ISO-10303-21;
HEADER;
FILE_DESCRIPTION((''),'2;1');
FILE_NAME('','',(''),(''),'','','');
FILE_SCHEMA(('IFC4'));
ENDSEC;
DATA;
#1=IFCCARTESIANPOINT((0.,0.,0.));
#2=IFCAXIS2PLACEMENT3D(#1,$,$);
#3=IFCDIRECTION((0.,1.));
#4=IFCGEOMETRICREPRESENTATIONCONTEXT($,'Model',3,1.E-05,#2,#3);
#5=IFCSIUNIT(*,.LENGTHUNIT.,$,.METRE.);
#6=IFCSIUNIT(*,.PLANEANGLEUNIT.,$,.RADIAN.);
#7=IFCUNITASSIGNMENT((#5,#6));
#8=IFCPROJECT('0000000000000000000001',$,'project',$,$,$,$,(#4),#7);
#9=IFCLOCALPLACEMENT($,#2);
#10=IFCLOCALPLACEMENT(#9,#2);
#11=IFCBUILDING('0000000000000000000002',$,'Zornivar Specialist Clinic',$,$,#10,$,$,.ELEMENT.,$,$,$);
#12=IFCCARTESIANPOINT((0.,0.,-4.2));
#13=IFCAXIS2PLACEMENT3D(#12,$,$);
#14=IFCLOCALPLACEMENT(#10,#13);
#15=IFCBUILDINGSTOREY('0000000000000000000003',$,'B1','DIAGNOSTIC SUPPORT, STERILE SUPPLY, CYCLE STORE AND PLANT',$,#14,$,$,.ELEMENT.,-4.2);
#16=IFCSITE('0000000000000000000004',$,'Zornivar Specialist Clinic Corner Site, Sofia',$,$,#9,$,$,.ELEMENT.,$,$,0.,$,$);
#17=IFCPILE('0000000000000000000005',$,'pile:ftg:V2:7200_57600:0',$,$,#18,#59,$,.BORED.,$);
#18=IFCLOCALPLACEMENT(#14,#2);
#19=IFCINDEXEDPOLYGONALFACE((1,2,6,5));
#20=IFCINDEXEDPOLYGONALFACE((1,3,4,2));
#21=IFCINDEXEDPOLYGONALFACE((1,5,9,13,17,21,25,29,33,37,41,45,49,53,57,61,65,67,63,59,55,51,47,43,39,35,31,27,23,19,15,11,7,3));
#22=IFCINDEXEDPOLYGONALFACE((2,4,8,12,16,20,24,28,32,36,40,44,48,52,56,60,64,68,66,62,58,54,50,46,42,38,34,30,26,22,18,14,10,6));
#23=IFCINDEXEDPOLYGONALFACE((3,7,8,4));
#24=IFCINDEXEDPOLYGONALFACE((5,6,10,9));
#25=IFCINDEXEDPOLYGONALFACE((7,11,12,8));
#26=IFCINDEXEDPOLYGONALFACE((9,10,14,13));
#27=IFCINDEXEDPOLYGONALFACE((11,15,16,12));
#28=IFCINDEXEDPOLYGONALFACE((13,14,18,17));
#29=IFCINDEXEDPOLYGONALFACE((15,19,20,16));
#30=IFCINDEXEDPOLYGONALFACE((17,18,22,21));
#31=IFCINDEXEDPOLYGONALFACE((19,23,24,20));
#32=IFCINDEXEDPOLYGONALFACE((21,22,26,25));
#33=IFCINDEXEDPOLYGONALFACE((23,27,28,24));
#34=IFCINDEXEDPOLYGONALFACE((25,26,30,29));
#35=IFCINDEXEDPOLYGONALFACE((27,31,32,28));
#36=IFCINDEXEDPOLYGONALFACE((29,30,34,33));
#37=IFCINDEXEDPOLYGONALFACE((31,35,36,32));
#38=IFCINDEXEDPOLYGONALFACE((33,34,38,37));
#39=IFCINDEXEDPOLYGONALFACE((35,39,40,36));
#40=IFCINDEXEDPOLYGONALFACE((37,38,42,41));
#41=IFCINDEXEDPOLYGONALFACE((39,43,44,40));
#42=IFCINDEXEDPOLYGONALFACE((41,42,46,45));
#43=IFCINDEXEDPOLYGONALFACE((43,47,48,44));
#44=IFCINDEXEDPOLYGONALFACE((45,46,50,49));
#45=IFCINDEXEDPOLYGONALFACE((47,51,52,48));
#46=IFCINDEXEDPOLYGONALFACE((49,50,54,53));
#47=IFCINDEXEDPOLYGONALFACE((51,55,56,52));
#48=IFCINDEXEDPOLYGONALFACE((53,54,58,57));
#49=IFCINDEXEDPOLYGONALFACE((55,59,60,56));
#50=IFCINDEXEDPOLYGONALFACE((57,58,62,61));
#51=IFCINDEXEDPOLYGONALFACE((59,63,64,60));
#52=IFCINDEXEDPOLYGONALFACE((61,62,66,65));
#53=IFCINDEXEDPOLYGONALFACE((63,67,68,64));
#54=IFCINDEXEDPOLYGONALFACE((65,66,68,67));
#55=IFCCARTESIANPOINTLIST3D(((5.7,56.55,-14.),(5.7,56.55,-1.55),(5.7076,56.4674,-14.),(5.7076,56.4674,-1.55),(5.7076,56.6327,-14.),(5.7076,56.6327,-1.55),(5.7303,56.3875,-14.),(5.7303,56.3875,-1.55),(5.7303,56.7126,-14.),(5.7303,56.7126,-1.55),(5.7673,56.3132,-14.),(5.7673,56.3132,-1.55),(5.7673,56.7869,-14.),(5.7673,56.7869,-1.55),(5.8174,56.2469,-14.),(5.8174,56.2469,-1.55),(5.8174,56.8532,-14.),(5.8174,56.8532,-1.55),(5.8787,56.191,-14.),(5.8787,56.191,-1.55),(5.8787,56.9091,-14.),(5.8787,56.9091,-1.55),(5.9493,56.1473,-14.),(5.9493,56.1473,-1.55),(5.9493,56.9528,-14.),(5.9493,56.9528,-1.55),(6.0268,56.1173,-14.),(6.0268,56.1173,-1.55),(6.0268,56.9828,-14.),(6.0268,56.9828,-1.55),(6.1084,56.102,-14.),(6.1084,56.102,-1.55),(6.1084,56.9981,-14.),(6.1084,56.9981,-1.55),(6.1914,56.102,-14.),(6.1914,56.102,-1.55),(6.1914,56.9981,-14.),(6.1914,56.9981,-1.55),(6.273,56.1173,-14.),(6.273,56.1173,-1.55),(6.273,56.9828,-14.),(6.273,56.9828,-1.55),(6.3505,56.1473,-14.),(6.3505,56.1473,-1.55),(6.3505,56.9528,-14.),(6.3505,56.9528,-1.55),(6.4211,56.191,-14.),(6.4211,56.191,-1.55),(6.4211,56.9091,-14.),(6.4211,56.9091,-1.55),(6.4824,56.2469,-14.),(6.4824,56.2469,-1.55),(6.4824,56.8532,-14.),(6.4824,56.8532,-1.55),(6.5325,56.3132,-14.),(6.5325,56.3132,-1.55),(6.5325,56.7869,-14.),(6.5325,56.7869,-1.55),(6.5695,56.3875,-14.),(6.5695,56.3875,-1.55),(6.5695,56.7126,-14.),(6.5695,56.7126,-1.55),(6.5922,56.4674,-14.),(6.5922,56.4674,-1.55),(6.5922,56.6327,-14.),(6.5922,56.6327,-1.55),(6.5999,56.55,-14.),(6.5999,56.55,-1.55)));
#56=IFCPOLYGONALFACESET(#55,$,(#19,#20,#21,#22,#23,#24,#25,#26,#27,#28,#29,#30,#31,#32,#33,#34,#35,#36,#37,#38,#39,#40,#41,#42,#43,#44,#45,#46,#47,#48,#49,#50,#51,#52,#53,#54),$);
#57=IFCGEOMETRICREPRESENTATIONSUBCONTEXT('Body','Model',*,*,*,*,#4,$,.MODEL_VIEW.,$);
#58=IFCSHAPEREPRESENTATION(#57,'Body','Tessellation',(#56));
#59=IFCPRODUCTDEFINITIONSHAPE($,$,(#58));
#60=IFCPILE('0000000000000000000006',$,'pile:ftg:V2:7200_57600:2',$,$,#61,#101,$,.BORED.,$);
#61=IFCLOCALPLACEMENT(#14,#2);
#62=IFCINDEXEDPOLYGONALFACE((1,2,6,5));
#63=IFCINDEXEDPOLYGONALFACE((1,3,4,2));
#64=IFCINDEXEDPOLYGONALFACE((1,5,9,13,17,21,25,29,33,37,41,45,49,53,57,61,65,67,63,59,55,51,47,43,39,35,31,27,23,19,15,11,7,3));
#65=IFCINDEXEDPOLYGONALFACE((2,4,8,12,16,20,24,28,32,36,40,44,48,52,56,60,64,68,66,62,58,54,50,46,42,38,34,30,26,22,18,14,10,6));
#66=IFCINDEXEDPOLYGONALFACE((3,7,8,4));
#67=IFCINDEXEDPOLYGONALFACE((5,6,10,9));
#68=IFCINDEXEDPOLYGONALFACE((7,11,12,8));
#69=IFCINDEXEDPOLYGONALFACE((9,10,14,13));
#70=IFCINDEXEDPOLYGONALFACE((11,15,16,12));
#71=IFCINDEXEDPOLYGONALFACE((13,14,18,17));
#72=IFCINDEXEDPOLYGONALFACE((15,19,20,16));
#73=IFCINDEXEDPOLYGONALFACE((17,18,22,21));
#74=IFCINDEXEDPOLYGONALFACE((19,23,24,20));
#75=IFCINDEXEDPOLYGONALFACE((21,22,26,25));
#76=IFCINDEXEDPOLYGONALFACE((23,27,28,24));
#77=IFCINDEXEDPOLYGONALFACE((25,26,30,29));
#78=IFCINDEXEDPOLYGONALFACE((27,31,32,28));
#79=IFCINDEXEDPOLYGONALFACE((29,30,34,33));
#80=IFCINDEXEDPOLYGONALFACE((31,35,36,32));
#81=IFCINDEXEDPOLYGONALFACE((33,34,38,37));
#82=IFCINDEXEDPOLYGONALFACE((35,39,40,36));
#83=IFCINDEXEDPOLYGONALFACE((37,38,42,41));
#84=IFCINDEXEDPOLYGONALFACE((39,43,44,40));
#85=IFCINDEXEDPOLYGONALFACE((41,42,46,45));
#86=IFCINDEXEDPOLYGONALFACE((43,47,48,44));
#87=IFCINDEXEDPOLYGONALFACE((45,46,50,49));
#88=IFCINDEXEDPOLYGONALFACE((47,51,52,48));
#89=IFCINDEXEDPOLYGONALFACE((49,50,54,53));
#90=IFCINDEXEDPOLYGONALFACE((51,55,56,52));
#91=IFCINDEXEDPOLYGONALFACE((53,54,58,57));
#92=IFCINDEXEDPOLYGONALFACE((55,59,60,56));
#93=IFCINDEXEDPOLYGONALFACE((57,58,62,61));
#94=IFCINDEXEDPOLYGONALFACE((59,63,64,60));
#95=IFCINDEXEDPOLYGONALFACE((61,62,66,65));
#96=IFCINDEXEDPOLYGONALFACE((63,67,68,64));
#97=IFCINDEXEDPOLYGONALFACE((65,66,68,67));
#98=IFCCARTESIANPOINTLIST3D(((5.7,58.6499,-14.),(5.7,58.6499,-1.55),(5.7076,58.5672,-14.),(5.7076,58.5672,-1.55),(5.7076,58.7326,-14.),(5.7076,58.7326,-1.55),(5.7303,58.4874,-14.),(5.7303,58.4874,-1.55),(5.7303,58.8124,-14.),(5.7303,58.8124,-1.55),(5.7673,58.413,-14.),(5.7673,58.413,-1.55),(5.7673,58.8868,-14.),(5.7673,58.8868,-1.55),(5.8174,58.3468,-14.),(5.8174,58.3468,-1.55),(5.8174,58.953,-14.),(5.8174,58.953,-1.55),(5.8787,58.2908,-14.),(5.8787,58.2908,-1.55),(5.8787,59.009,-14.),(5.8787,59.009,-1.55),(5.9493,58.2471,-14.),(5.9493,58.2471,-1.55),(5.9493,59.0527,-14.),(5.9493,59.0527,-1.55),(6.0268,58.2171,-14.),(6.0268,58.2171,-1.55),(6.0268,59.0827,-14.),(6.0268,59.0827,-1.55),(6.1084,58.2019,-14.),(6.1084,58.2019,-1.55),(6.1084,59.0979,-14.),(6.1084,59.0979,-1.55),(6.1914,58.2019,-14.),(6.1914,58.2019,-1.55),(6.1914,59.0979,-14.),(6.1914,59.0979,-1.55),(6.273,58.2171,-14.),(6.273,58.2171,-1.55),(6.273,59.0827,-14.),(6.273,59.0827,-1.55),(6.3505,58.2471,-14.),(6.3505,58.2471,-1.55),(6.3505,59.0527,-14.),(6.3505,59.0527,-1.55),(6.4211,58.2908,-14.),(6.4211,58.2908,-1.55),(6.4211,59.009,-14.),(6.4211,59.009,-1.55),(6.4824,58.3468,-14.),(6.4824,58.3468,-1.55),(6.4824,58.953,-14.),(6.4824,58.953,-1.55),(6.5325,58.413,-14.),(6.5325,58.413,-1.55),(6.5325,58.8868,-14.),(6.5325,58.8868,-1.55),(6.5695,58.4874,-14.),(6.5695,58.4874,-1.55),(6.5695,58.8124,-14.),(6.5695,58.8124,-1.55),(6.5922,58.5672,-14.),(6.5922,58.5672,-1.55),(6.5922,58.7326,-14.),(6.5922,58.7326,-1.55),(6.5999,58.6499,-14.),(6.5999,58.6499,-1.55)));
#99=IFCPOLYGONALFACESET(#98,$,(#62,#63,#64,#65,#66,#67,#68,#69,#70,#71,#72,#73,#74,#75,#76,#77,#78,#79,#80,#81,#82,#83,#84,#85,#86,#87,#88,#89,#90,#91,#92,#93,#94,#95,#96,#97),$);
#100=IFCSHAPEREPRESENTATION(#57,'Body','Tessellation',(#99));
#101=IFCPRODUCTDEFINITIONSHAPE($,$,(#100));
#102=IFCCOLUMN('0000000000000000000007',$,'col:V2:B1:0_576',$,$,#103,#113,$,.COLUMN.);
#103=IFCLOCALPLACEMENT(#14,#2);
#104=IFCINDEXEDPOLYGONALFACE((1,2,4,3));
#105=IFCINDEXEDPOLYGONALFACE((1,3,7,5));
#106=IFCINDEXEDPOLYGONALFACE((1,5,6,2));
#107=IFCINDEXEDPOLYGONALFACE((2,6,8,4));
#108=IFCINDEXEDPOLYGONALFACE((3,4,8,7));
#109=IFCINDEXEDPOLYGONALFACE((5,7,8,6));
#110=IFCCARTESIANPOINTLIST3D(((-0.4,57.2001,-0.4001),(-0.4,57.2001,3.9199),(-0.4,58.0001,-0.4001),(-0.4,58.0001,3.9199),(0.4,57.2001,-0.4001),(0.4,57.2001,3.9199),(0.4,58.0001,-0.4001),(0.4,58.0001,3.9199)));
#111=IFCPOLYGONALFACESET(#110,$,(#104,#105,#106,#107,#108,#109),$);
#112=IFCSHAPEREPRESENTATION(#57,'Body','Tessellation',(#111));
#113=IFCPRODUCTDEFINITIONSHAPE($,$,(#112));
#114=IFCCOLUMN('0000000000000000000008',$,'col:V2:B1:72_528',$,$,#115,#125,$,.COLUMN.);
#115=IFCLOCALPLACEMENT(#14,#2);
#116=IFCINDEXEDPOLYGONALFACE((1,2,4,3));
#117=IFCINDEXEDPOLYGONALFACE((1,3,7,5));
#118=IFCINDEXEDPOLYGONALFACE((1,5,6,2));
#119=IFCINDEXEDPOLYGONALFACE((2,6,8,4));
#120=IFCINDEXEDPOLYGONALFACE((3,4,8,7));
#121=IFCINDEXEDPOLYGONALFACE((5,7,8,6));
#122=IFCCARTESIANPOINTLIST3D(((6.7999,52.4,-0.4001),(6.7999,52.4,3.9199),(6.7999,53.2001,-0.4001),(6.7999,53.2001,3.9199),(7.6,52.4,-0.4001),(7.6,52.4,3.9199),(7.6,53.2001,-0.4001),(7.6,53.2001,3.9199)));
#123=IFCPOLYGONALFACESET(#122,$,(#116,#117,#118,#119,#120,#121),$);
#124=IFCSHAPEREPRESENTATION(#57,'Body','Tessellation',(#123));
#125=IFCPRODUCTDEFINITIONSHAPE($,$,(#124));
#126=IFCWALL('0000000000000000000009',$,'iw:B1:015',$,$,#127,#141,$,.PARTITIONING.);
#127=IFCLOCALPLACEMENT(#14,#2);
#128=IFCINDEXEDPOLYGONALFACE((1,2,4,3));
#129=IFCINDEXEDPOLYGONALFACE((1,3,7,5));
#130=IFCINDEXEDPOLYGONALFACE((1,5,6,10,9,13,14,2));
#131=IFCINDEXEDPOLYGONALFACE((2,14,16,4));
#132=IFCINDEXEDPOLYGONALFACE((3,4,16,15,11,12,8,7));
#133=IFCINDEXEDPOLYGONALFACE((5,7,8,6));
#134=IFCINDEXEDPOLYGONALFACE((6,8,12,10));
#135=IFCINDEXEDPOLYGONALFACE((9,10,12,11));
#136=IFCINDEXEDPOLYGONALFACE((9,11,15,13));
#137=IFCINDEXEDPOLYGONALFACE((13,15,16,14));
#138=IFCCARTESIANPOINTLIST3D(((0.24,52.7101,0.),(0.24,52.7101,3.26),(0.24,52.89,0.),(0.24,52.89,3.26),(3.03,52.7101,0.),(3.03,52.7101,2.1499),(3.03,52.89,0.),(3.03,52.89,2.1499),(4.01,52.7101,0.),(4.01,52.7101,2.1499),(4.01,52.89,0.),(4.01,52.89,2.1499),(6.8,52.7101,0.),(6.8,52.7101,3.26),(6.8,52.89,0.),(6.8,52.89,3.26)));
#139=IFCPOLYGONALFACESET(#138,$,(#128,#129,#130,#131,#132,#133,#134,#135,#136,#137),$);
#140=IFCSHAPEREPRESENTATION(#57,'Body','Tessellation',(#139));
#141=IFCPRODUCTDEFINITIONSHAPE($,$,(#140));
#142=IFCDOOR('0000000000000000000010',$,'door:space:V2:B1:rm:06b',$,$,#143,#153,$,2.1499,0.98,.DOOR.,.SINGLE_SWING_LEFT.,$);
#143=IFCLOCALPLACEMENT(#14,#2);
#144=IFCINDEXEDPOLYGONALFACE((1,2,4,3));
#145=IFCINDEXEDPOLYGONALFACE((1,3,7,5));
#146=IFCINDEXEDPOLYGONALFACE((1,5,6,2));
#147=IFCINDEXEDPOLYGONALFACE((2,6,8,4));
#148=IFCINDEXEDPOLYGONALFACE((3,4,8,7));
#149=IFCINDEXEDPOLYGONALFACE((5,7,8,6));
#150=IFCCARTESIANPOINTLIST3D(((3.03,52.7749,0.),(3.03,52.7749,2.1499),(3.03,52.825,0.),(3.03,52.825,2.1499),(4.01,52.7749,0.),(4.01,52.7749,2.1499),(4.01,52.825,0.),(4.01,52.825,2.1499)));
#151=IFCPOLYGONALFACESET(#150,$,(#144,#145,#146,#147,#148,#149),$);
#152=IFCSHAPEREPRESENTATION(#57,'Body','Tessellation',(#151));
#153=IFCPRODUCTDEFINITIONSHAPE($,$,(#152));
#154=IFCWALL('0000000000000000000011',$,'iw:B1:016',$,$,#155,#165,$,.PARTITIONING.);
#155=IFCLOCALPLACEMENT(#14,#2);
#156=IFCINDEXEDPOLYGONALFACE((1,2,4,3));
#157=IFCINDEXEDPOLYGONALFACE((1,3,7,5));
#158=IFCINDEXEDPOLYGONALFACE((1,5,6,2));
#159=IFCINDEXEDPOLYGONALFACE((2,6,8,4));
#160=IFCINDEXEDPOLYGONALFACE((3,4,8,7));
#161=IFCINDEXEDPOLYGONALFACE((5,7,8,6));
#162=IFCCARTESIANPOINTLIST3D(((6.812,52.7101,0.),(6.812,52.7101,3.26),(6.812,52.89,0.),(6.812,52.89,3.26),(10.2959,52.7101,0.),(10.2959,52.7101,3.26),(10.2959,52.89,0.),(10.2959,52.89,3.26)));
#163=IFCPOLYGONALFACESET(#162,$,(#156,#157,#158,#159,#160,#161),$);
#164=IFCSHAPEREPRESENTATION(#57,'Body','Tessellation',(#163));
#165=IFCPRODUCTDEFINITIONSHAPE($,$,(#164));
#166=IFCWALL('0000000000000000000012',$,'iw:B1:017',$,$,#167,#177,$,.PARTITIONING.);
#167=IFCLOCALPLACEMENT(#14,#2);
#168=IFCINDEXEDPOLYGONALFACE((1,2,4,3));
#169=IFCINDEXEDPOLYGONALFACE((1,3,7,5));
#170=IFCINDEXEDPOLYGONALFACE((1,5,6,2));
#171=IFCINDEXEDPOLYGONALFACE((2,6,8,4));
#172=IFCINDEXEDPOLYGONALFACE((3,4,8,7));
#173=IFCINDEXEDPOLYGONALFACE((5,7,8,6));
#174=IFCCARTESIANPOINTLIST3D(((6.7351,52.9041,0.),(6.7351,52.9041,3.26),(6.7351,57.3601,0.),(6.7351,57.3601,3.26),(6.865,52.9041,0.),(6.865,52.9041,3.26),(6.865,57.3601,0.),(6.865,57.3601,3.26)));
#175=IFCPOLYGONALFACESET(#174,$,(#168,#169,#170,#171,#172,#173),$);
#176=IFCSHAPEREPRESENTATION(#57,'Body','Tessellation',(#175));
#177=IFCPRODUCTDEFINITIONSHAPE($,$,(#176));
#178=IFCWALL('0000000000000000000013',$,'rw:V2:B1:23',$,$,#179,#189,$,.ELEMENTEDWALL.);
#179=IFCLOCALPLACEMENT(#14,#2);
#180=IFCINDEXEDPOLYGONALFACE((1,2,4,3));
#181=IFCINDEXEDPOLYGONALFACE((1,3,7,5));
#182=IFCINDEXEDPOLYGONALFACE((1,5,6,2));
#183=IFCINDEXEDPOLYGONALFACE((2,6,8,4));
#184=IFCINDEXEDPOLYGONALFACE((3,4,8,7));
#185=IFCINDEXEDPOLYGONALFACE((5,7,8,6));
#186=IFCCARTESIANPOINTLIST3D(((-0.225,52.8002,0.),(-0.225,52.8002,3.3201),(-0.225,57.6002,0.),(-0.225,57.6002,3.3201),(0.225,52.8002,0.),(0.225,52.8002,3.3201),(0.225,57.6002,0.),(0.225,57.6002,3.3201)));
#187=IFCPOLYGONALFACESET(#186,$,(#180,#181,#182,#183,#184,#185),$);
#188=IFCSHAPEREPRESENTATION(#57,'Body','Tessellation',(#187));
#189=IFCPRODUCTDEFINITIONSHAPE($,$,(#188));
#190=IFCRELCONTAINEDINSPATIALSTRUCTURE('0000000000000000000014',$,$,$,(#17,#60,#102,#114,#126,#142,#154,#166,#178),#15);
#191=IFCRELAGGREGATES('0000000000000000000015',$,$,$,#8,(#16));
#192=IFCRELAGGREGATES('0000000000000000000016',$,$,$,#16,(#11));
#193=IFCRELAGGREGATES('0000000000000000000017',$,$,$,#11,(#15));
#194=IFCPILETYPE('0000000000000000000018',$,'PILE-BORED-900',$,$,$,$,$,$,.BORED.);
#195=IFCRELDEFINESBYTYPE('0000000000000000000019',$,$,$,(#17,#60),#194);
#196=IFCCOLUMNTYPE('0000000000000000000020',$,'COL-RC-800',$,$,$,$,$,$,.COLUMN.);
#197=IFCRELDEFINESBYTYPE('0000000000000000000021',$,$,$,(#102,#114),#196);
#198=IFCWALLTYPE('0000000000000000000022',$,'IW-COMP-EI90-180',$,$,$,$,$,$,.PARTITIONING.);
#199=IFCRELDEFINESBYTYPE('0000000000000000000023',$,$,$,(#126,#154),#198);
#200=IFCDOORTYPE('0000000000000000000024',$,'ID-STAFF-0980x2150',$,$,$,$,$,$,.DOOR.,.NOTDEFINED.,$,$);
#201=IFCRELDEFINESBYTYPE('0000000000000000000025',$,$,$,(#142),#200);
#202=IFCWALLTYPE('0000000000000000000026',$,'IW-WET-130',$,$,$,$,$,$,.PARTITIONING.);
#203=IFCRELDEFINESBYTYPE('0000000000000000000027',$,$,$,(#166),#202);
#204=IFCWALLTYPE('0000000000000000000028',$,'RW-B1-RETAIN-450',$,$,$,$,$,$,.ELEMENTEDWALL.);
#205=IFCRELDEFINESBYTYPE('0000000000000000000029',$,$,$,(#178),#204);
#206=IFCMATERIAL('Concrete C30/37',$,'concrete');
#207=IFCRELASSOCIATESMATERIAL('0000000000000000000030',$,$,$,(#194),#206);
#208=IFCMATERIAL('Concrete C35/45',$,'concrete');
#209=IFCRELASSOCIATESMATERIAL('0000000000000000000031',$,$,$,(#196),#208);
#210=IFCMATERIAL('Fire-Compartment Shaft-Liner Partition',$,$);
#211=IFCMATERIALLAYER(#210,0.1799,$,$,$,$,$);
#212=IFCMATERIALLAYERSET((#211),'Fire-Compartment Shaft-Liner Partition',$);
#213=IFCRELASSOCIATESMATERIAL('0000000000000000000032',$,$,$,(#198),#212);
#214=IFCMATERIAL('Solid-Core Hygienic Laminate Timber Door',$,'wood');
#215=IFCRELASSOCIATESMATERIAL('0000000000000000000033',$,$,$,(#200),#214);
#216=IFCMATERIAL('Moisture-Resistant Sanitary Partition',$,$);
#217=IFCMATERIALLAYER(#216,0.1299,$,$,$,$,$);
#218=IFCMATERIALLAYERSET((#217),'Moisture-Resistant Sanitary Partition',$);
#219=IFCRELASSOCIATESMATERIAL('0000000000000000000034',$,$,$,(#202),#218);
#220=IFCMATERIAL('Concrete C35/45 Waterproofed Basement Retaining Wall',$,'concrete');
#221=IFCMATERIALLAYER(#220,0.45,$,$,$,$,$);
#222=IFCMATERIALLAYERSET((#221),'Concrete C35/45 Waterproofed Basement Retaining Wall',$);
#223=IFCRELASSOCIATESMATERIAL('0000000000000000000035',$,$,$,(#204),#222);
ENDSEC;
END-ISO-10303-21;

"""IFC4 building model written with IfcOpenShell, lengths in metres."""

from ifc_helpers import new_model, si_unit, direction, frame, frame_2d, origin, origin_2d, place, context, subcontext, project, spatial, rectangle, circle, extrude, material, layer, layer_set, material_profile, profile_set, type_object, element, fill, save


model = new_model("IFC4")

# Units and contexts
model_context = context("Model", 3, precision=1e-05, world=origin(), true_north=direction((0.0, 1.0)))
body_context = subcontext(model_context, "Body", "Model", "MODEL_VIEW")
ifc_project = project(units=[si_unit("LENGTHUNIT", "METRE"), si_unit("PLANEANGLEUNIT", "RADIAN")], contexts=[model_context])

# Site, building, storey
site_placement = place(None, origin())
site = spatial("IfcSite", under=ifc_project, at=site_placement, Name="Zornivar Specialist Clinic Corner Site, Sofia", CompositionType="ELEMENT", RefElevation=0.0)
building_placement = place(site_placement, origin())
building = spatial("IfcBuilding", under=site, at=building_placement, Name="Zornivar Specialist Clinic", CompositionType="ELEMENT")
storey_placement = place(building_placement, frame((0.0, 0.0, -4.2)))
storey = spatial("IfcBuildingStorey", under=building, at=storey_placement, Name="B1", Description="DIAGNOSTIC SUPPORT, STERILE SUPPLY, CYCLE STORE AND PLANT", CompositionType="ELEMENT", Elevation=-4.2)

# Piles
ifc_material_1 = material(Name="Concrete C30/37", Category="concrete")
ifc_material_profile_1 = material_profile(ifc_material_1, circle(Radius=0.45, at=origin_2d()), Name="PILE D900")
ifc_profile_set_1 = profile_set([ifc_material_profile_1], Name="Concrete C30/37")
pile_type = type_object("IfcPileType", Name="PILE-BORED-900", PredefinedType="BORED", material=ifc_profile_set_1)
for number, where, z_axis, x_axis, name in (
    (1, (6.1499, 56.55, -1.55), (0.0, 0.0, -1.0), (1.0, 0.0, 0.0), "pile:ftg:V2:7200_57600:0"),
    (2, (6.1499, 58.6499, -1.55), (0.0, 0.0, -1.0), (1.0, 0.0, 0.0), "pile:ftg:V2:7200_57600:2"),
):
    element("IfcPile", number, at=place(storey_placement, frame(where, z_axis=z_axis, x_axis=x_axis)), inside=storey, type_object=pile_type, Name=name, PredefinedType="BORED", context=body_context, shape_type="SweptSolid", body=[
        extrude(circle(Radius=0.45, at=origin_2d()), origin(), (0.0, 0.0, 1.0), 12.45),
    ])

# Columns
ifc_material_2 = material(Name="Concrete C35/45", Category="concrete")
ifc_material_profile_2 = material_profile(ifc_material_2, rectangle(XDim=0.8, YDim=0.8, at=origin_2d()), Name="RC 800x800")
ifc_profile_set_2 = profile_set([ifc_material_profile_2], Name="Concrete C35/45")
column_type = type_object("IfcColumnType", Name="COL-RC-800", PredefinedType="COLUMN", material=ifc_profile_set_2)
for number, where, z_axis, x_axis, name in (
    (3, (0.0, 57.6001, -0.4001), (0.0, 0.0, 1.0), (1.0, 0.0, 0.0), "col:V2:B1:0_576"),
    (4, (7.2, 52.8, -0.4001), (0.0, 0.0, 1.0), (1.0, 0.0, 0.0), "col:V2:B1:72_528"),
):
    element("IfcColumn", number, at=place(storey_placement, frame(where, z_axis=z_axis, x_axis=x_axis)), inside=storey, type_object=column_type, Name=name, PredefinedType="COLUMN", context=body_context, shape_type="SweptSolid", body=[
        extrude(rectangle(XDim=0.8, YDim=0.8, at=origin_2d()), origin(), (0.0, 0.0, 1.0), 4.3201),
    ])

# Wall, opening, door
ifc_material_3 = material(Name="Fire-Compartment Shaft-Liner Partition")
ifc_layer_1 = layer(ifc_material_3, 0.1799)
ifc_layer_set_1 = layer_set([ifc_layer_1], Name="Fire-Compartment Shaft-Liner Partition")
wall_type_1 = type_object("IfcWallType", Name="IW-COMP-EI90-180", PredefinedType="PARTITIONING", material=ifc_layer_set_1)
wall_1_placement = place(storey_placement, frame((0.24, 52.8, 0.0), z_axis=(0.0, 0.0, 1.0), x_axis=(1.0, 0.0, 0.0)))
wall_1 = element("IfcWall", 5, at=wall_1_placement, inside=storey, type_object=wall_type_1, Name="iw:B1:015", PredefinedType="PARTITIONING", context=body_context, shape_type="SweptSolid", body=[
    extrude(rectangle(XDim=6.5601, YDim=0.1799, at=frame_2d((3.28, 0.0))), origin(), (0.0, 0.0, 1.0), 3.26),
])
opening_placement = place(wall_1_placement, frame((2.79, 0.0, 0.0)))
opening = element("IfcOpeningElement", 6, at=opening_placement, cuts=wall_1, PredefinedType="OPENING", context=body_context, shape_type="SweptSolid", body=[
    extrude(rectangle(XDim=0.98, YDim=2.1499, at=frame_2d((0.49, 1.075))), frame((0.0, 0.0999, 0.0), z_axis=(0.0, -1.0, 0.0), x_axis=(1.0, 0.0, 0.0)), (0.0, 0.0, 1.0), 0.2),
])
ifc_material_4 = material(Name="Solid-Core Hygienic Laminate Timber Door", Category="wood")
door_type = type_object("IfcDoorType", Name="ID-STAFF-0980x2150", OperationType="NOTDEFINED", PredefinedType="DOOR", material=ifc_material_4)
door_placement = place(opening_placement, origin())
door = element("IfcDoor", 7, at=door_placement, inside=storey, type_object=door_type, Name="door:space:V2:B1:rm:06b", OperationType="SINGLE_SWING_LEFT", OverallHeight=2.1499, OverallWidth=0.98, PredefinedType="DOOR", context=body_context, shape_type="SweptSolid", body=[
    extrude(rectangle(XDim=0.98, YDim=2.1499, at=frame_2d((0.49, 1.075))), frame((0.0, 0.0249, 0.0), z_axis=(0.0, -1.0, 0.0), x_axis=(1.0, 0.0, 0.0)), (0.0, 0.0, 1.0), 0.05),
])
fill(opening, door)

# Walls
wall_2_placement = place(storey_placement, frame((6.812, 52.8, 0.0), z_axis=(0.0, 0.0, 1.0), x_axis=(1.0, 0.0, 0.0)))
element("IfcWall", 8, at=wall_2_placement, inside=storey, type_object=wall_type_1, Name="iw:B1:016", PredefinedType="PARTITIONING", context=body_context, shape_type="SweptSolid", body=[
    extrude(rectangle(XDim=3.4839, YDim=0.1799, at=frame_2d((1.7419, 0.0))), origin(), (0.0, 0.0, 1.0), 3.26),
])
ifc_material_5 = material(Name="Moisture-Resistant Sanitary Partition")
ifc_layer_2 = layer(ifc_material_5, 0.1299)
ifc_layer_set_2 = layer_set([ifc_layer_2], Name="Moisture-Resistant Sanitary Partition")
wall_type_2 = type_object("IfcWallType", Name="IW-WET-130", PredefinedType="PARTITIONING", material=ifc_layer_set_2)
wall_3_placement = place(storey_placement, frame((6.8, 52.9041, 0.0), z_axis=(0.0, 0.0, 1.0), x_axis=(0.0, 1.0, 0.0)))
element("IfcWall", 9, at=wall_3_placement, inside=storey, type_object=wall_type_2, Name="iw:B1:017", PredefinedType="PARTITIONING", context=body_context, shape_type="SweptSolid", body=[
    extrude(rectangle(XDim=4.4561, YDim=0.1299, at=frame_2d((2.228, 0.0))), origin(), (0.0, 0.0, 1.0), 3.26),
])
ifc_material_6 = material(Name="Concrete C35/45 Waterproofed Basement Retaining Wall", Category="concrete")
ifc_layer_3 = layer(ifc_material_6, 0.45)
ifc_layer_set_3 = layer_set([ifc_layer_3], Name="Concrete C35/45 Waterproofed Basement Retaining Wall")
wall_type_3 = type_object("IfcWallType", Name="RW-B1-RETAIN-450", PredefinedType="ELEMENTEDWALL", material=ifc_layer_set_3)
for number, where, z_axis, x_axis, name in (
    (10, (0.0, 57.6001, 0.0), (0.0, 0.0, 1.0), (0.0, -1.0, 0.0), "rw:V2:B1:23"),
):
    element("IfcWall", number, at=place(storey_placement, frame(where, z_axis=z_axis, x_axis=x_axis)), inside=storey, type_object=wall_type_3, Name=name, PredefinedType="ELEMENTEDWALL", context=body_context, shape_type="SweptSolid", body=[
        extrude(rectangle(XDim=4.8, YDim=0.45, at=frame_2d((2.3999, 0.0))), origin(), (0.0, 0.0, 1.0), 3.3201),
    ])

save(model, "model.ifc")
